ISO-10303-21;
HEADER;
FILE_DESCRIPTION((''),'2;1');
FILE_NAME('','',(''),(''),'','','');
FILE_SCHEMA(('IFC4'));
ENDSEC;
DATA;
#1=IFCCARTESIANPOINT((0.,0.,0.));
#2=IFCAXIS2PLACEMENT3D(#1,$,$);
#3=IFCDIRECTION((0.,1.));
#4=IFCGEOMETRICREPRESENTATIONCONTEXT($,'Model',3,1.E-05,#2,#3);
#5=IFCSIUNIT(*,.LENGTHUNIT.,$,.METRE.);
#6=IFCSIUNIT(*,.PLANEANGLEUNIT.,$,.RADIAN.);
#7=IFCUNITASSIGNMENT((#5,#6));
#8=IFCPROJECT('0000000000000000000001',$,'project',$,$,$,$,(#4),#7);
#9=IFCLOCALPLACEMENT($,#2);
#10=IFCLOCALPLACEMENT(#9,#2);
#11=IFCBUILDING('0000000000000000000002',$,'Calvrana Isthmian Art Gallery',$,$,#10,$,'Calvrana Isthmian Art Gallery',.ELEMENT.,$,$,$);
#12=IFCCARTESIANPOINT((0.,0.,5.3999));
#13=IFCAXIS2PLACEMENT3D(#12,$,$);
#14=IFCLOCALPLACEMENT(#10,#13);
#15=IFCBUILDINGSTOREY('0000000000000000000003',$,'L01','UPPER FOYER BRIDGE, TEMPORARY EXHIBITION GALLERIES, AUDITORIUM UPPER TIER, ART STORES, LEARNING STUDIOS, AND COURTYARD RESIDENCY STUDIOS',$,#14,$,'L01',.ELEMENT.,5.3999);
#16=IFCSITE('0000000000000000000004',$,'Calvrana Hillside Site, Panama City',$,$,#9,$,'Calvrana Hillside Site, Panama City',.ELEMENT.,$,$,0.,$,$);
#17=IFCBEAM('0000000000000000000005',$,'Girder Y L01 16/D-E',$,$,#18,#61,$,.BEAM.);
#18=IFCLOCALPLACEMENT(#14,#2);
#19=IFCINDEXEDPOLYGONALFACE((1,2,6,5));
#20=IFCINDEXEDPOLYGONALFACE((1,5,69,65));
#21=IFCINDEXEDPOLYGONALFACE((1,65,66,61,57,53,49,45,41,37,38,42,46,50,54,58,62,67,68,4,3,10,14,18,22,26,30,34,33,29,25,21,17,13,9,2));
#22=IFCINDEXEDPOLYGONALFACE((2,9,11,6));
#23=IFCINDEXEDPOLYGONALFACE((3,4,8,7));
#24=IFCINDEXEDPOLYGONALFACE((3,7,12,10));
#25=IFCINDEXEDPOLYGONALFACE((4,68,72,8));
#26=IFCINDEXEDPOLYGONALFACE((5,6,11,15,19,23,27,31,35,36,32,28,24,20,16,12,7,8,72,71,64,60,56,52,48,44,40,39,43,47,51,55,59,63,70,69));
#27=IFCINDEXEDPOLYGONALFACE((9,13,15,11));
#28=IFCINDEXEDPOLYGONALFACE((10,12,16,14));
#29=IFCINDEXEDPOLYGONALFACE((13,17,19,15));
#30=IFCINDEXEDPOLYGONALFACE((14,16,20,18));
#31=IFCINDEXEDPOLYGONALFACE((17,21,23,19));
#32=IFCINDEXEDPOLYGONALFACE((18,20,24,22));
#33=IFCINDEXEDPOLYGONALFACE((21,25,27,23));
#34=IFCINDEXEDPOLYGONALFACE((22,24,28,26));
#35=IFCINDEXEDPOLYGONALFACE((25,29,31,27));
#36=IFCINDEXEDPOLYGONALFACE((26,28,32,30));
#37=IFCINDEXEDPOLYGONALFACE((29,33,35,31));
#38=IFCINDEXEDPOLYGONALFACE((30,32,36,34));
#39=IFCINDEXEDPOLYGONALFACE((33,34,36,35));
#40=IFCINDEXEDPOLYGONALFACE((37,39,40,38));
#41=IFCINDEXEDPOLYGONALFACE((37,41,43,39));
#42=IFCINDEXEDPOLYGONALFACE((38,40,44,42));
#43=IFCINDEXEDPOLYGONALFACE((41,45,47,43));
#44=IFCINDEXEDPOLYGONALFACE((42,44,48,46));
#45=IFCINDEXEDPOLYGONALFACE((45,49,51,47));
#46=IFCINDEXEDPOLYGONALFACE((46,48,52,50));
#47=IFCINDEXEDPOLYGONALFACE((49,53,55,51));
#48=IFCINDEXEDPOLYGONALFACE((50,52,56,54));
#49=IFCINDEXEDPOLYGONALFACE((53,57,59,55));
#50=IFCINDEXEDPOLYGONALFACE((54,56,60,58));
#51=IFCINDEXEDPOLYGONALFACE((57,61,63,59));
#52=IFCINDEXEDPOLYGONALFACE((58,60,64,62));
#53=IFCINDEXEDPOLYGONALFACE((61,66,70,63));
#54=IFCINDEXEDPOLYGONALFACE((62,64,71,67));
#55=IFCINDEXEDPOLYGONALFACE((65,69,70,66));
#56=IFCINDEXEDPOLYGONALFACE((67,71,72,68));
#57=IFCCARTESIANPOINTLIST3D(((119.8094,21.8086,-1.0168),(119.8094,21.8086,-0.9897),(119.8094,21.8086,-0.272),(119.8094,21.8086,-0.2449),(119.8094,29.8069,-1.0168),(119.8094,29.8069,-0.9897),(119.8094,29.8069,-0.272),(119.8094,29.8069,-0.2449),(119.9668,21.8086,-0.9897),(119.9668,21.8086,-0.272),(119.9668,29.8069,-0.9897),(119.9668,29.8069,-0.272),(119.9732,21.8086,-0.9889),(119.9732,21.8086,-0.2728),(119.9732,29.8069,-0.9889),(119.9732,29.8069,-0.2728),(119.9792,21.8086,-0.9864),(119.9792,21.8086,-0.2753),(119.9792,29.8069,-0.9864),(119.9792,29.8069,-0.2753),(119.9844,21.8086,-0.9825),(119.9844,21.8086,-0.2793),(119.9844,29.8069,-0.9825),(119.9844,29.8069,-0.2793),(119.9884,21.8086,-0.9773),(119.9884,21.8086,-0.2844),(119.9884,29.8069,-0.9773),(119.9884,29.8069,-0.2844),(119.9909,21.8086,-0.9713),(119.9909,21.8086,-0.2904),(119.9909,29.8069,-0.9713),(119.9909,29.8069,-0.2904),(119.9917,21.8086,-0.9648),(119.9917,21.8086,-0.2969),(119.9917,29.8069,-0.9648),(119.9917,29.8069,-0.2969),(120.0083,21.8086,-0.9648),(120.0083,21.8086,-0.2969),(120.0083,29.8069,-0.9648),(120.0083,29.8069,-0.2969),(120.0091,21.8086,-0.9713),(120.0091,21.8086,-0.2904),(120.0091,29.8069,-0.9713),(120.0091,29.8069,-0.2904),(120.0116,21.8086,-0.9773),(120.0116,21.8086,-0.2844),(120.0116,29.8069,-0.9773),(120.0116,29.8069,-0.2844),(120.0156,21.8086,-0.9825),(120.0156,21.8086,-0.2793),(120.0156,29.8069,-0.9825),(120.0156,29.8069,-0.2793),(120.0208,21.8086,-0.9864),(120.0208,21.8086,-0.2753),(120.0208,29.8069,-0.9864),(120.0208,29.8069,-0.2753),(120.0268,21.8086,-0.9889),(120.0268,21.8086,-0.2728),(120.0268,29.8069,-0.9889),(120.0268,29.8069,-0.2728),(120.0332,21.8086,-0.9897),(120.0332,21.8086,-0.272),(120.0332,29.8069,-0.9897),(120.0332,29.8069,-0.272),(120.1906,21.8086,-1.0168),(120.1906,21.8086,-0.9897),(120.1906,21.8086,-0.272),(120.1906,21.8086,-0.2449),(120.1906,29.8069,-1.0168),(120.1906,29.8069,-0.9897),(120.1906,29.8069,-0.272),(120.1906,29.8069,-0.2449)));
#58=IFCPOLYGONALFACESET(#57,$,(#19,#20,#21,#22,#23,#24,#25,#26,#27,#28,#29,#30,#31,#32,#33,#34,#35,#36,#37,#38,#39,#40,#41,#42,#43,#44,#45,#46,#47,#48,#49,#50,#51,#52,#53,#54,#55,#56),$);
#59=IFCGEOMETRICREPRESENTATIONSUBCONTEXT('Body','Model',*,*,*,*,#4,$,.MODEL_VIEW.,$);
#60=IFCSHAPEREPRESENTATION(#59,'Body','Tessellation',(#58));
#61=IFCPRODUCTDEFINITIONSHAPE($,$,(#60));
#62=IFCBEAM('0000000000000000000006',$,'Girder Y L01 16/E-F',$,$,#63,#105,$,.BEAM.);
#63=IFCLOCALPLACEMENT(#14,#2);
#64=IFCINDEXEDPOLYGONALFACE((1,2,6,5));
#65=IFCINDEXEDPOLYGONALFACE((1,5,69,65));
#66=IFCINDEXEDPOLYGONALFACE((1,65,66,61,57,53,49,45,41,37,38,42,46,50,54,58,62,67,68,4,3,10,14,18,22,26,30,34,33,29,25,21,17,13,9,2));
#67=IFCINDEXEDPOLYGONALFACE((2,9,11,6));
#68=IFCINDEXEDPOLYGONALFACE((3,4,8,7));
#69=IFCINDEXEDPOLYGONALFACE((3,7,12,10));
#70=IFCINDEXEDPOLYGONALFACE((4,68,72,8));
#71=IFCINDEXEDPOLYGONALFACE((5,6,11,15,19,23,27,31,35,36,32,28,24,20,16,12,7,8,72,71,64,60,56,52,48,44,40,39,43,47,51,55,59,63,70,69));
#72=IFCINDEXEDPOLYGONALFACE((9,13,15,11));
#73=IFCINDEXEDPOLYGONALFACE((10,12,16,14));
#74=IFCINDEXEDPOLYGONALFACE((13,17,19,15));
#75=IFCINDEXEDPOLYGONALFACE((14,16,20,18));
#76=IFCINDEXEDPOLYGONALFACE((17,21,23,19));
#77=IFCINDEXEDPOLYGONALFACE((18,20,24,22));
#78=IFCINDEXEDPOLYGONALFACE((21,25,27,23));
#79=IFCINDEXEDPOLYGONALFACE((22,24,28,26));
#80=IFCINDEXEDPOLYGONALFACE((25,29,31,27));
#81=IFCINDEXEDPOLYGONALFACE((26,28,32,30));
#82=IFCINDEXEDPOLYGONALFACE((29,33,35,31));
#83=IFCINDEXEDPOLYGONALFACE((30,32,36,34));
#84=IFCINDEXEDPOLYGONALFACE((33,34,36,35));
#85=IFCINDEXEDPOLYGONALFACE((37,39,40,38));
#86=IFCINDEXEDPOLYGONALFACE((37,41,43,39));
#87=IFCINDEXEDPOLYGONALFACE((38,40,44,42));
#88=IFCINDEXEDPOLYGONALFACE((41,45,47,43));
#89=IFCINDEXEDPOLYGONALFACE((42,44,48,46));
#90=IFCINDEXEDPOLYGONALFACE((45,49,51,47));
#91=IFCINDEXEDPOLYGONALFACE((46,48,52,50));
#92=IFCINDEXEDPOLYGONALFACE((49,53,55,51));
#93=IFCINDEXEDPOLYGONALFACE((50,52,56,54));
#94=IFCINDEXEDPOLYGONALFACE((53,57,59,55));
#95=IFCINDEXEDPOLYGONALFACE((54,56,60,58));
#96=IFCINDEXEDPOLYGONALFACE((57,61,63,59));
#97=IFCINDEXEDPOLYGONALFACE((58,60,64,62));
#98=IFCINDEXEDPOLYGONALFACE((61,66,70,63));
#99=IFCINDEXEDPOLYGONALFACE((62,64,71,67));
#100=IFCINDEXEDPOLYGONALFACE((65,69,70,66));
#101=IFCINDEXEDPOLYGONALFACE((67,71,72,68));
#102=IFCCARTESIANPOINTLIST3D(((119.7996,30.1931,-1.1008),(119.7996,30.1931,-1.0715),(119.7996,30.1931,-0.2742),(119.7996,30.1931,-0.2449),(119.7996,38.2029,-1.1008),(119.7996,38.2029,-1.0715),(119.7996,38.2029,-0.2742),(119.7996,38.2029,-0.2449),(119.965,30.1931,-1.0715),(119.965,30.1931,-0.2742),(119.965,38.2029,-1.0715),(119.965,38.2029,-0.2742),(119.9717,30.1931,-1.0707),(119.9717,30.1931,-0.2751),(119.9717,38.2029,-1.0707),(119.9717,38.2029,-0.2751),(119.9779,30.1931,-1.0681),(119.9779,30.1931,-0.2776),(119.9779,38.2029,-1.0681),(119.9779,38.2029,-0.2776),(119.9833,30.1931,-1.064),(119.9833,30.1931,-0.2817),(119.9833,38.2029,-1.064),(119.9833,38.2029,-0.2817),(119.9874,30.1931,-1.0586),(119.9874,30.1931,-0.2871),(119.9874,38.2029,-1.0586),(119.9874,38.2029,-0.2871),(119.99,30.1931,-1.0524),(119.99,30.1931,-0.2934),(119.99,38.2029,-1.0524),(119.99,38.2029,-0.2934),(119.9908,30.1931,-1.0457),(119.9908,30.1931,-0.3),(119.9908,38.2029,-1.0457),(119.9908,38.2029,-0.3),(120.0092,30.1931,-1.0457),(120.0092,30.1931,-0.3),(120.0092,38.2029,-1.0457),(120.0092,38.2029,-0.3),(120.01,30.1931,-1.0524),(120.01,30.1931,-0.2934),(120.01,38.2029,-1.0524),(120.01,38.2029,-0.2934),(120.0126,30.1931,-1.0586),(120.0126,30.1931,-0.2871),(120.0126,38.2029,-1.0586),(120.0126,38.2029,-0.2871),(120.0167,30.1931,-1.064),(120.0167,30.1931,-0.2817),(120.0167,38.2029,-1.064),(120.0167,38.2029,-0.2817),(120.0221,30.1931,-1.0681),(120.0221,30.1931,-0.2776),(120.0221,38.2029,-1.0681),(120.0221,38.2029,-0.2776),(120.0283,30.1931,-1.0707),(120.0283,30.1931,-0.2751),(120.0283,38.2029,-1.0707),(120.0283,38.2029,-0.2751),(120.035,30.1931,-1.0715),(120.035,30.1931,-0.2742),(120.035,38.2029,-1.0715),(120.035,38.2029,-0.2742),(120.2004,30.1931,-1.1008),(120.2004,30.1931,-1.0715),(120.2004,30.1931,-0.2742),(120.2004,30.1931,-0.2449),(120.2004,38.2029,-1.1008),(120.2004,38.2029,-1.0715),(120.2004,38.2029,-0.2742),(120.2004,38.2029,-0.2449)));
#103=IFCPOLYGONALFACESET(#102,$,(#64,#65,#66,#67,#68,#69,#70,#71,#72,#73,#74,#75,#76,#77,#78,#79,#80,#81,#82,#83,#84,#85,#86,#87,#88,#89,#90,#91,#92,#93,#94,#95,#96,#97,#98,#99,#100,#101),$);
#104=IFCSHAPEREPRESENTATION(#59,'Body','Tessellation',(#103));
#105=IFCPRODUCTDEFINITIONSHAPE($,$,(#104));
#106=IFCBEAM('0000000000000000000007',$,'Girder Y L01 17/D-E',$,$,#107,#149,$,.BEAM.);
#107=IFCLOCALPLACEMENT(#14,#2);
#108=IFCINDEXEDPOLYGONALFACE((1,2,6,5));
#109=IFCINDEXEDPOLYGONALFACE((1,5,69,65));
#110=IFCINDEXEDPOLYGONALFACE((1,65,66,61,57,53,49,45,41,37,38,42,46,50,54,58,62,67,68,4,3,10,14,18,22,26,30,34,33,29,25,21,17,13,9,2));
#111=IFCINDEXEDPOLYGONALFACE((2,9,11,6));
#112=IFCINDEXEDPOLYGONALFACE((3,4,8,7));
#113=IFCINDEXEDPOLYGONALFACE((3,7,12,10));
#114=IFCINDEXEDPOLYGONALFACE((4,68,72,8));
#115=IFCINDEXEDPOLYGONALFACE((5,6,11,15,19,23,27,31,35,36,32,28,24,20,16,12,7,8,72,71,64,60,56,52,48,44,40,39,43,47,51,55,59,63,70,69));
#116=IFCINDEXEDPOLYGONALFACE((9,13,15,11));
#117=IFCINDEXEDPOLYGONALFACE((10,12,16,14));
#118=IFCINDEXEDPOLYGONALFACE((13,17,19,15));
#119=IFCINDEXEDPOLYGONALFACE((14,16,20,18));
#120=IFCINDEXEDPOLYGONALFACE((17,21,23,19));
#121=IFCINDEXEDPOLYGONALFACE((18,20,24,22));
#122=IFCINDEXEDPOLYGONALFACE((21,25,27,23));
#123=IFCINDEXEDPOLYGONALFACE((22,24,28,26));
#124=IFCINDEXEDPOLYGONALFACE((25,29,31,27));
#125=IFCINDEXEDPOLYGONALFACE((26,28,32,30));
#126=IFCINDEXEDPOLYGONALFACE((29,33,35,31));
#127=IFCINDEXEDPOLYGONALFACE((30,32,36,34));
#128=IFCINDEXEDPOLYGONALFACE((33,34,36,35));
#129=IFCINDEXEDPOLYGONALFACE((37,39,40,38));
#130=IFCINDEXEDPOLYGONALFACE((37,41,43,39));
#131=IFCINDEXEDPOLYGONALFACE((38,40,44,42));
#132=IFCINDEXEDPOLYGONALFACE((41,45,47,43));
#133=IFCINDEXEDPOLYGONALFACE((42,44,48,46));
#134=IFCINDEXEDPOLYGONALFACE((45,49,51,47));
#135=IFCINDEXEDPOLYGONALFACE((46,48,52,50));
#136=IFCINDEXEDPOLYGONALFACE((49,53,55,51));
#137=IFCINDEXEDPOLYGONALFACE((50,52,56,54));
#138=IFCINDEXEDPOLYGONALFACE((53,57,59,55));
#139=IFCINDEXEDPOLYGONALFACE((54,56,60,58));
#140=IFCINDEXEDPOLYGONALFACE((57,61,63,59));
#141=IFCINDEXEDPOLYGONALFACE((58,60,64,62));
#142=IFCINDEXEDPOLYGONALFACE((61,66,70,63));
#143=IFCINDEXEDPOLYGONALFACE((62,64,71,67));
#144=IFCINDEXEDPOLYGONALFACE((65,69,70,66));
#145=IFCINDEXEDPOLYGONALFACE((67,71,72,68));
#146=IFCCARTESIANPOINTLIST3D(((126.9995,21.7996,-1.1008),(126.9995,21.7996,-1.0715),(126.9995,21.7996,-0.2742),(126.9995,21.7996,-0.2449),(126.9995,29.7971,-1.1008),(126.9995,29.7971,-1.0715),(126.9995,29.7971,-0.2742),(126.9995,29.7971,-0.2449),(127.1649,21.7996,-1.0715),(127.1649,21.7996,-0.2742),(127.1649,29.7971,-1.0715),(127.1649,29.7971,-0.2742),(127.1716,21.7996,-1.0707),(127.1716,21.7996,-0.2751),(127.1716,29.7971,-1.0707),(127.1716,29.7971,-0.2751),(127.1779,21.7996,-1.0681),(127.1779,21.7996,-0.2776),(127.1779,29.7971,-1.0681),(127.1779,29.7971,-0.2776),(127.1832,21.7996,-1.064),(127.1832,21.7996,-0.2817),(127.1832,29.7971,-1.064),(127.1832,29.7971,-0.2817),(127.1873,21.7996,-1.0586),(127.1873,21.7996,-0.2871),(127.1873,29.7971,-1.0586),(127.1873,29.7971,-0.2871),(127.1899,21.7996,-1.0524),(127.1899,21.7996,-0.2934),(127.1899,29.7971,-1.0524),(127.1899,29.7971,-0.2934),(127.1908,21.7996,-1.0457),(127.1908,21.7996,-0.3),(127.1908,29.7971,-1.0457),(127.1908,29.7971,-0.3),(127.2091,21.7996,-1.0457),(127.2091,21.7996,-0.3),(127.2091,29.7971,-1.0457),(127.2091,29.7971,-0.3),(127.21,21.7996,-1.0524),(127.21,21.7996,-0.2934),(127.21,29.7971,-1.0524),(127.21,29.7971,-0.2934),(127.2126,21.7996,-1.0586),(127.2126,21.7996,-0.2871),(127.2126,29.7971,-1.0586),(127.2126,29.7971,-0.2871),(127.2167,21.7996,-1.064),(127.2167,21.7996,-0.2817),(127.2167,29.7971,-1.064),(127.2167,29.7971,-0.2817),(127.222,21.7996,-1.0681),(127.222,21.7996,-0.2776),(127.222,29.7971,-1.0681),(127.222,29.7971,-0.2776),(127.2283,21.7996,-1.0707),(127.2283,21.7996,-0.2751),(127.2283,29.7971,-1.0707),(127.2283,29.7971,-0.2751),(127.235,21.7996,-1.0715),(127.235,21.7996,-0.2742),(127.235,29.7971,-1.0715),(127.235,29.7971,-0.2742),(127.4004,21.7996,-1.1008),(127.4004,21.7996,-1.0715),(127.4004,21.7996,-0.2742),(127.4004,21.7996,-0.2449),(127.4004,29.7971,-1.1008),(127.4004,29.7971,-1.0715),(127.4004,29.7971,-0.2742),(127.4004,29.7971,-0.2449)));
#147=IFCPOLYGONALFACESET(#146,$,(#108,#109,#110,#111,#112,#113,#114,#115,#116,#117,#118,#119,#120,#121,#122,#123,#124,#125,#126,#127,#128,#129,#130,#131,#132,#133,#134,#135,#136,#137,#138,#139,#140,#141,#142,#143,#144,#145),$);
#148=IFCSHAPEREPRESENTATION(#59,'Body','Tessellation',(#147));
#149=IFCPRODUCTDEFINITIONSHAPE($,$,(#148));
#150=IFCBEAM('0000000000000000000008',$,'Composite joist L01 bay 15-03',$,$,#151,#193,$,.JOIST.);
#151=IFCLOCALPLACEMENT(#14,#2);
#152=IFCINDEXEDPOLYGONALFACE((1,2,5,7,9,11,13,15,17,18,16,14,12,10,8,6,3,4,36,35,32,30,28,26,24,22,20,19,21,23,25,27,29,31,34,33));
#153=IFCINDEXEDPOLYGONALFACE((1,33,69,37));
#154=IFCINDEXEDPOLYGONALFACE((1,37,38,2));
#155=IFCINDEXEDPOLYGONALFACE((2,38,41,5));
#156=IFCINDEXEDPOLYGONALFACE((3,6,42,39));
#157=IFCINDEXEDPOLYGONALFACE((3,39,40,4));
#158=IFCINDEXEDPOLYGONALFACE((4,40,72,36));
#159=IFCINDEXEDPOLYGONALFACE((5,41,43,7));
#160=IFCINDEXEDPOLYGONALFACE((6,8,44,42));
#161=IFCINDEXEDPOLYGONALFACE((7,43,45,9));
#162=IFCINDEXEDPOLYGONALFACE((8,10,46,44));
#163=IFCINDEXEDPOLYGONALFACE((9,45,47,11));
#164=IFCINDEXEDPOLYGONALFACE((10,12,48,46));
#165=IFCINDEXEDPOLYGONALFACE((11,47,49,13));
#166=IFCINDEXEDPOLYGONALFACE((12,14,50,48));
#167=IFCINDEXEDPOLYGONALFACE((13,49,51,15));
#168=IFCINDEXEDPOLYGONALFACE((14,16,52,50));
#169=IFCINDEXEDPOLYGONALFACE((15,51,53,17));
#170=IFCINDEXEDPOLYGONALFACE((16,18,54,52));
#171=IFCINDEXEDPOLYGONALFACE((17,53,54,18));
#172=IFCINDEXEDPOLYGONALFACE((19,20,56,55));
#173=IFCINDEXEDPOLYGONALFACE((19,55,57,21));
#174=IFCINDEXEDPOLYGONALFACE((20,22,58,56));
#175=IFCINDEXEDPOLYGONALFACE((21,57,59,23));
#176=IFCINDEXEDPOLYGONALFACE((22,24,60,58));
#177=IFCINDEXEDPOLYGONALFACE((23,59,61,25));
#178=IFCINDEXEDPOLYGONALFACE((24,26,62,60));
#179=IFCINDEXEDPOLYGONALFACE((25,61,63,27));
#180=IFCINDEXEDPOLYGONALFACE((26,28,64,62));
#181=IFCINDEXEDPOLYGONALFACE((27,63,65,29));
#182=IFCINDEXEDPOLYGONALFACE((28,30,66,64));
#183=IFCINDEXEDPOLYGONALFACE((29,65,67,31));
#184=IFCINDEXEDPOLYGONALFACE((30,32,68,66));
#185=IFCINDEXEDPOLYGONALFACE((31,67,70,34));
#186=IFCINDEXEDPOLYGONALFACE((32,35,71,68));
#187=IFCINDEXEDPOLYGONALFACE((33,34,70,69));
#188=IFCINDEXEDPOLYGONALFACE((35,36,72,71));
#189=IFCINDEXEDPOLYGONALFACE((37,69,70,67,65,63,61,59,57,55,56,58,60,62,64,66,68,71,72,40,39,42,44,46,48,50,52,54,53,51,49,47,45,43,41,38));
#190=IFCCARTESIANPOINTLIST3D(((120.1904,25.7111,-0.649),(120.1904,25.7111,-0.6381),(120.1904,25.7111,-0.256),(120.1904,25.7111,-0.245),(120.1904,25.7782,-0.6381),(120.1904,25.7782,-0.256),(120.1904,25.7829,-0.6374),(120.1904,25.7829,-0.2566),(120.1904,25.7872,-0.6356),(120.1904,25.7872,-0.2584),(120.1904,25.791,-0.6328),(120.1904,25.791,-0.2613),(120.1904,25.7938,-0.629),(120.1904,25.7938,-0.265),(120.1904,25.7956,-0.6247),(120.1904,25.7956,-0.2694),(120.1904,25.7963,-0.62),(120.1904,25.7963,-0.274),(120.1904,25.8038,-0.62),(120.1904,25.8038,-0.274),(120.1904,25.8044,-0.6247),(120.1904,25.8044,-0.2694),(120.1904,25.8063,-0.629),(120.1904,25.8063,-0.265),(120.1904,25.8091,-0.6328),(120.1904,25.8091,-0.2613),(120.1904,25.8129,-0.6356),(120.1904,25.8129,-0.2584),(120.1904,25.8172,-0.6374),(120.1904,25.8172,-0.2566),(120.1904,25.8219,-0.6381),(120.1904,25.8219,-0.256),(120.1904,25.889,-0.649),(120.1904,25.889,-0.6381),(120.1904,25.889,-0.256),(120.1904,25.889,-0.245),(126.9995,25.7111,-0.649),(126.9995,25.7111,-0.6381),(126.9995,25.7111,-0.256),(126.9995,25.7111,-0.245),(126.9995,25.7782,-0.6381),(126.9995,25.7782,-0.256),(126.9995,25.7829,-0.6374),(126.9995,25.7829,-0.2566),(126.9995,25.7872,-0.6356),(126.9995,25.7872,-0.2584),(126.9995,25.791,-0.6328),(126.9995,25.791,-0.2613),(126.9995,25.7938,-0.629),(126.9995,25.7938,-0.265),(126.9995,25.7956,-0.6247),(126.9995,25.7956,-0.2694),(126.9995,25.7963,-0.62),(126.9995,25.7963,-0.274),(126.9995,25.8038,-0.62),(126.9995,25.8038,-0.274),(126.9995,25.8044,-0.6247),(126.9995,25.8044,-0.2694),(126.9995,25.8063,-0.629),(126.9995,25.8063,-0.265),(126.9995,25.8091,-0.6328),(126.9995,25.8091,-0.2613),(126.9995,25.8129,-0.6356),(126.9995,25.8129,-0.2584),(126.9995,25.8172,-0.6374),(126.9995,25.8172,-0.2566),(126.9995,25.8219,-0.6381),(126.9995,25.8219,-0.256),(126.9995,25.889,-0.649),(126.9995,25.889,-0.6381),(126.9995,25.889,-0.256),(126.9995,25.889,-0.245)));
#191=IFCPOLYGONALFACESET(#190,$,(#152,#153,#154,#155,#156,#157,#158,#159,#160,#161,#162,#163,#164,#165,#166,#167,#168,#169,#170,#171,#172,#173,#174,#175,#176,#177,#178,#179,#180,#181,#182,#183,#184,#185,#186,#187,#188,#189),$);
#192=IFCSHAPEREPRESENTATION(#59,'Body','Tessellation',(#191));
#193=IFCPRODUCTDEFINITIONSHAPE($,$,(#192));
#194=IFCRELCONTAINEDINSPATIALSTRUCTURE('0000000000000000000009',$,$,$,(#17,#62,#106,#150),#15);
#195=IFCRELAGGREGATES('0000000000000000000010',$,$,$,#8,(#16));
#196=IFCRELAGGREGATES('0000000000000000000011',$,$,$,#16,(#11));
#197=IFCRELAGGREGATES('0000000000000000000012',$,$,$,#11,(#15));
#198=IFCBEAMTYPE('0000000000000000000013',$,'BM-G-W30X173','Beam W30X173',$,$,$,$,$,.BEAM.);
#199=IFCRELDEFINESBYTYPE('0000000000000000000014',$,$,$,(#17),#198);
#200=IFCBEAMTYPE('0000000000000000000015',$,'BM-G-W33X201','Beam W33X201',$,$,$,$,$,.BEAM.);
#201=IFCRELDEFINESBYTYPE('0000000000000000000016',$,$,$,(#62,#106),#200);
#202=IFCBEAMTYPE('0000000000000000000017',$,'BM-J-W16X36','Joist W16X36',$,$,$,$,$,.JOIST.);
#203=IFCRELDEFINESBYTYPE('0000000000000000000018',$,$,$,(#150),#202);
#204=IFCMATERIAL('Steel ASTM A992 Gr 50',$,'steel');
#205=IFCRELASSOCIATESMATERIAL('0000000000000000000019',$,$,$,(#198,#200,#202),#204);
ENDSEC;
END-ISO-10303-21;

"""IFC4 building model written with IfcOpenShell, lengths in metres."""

from ifc_helpers import new_model, si_unit, direction, frame, origin, origin_2d, place, context, subcontext, project, spatial, i_section, extrude, material, material_profile, profile_set, type_object, element, save


model = new_model("IFC4")

# Units and contexts
model_context = context("Model", 3, precision=1e-05, world=origin(), true_north=direction((0.0, 1.0)))
body_context = subcontext(model_context, "Body", "Model", "MODEL_VIEW")
ifc_project = project(units=[si_unit("LENGTHUNIT", "METRE"), si_unit("PLANEANGLEUNIT", "RADIAN")], contexts=[model_context])

# Site, building, storey
site_placement = place(None, origin())
site = spatial("IfcSite", under=ifc_project, at=site_placement, Name="Calvrana Hillside Site, Panama City", LongName="Calvrana Hillside Site, Panama City", CompositionType="ELEMENT", RefElevation=0.0)
building_placement = place(site_placement, origin())
building = spatial("IfcBuilding", under=site, at=building_placement, Name="Calvrana Isthmian Art Gallery", LongName="Calvrana Isthmian Art Gallery", CompositionType="ELEMENT")
storey_placement = place(building_placement, frame((0.0, 0.0, 5.3999)))
storey = spatial("IfcBuildingStorey", under=building, at=storey_placement, Name="L01", Description="UPPER FOYER BRIDGE, TEMPORARY EXHIBITION GALLERIES, AUDITORIUM UPPER TIER, ART STORES, LEARNING STUDIOS, AND COURTYARD RESIDENCY STUDIOS", LongName="L01", CompositionType="ELEMENT", Elevation=5.3999)

# Shared definitions
ifc_material_1 = material(Name="Steel ASTM A992 Gr 50", Category="steel")

# Beams
ifc_material_profile_1 = material_profile(ifc_material_1, i_section(OverallWidth=0.3811, OverallDepth=0.772, WebThickness=0.0166, FlangeThickness=0.0271, FilletRadius=0.0249, at=origin_2d()), Name="W30X173")
ifc_profile_set_1 = profile_set([ifc_material_profile_1], Name="Steel ASTM A992 Gr 50")
beam_type_1 = type_object("IfcBeamType", Name="BM-G-W30X173", Description="Beam W30X173", PredefinedType="BEAM", material=ifc_profile_set_1)
beam_1_placement = place(storey_placement, frame((120.0, 21.8086, -0.6309), z_axis=(0.0, 1.0, 0.0), x_axis=(-1.0, 0.0, 0.0)))
element("IfcBeam", 1, at=beam_1_placement, inside=storey, type_object=beam_type_1, Name="Girder Y L01 16/D-E", PredefinedType="BEAM", context=body_context, shape_type="SweptSolid", body=[
    extrude(i_section(OverallWidth=0.3811, OverallDepth=0.772, WebThickness=0.0166, FlangeThickness=0.0271, FilletRadius=0.0249, at=origin_2d()), origin(), (0.0, 0.0, 1.0), 7.9983),
])
ifc_material_profile_2 = material_profile(ifc_material_1, i_section(OverallWidth=0.4009, OverallDepth=0.856, WebThickness=0.0183, FlangeThickness=0.0293, FilletRadius=0.0259, at=origin_2d()), Name="W33X201")
ifc_profile_set_2 = profile_set([ifc_material_profile_2], Name="Steel ASTM A992 Gr 50")
beam_type_2 = type_object("IfcBeamType", Name="BM-G-W33X201", Description="Beam W33X201", PredefinedType="BEAM", material=ifc_profile_set_2)
beam_2_placement = place(storey_placement, frame((120.0, 30.1931, -0.6729), z_axis=(0.0, 1.0, 0.0), x_axis=(-1.0, 0.0, 0.0)))
element("IfcBeam", 2, at=beam_2_placement, inside=storey, type_object=beam_type_2, Name="Girder Y L01 16/E-F", PredefinedType="BEAM", context=body_context, shape_type="SweptSolid", body=[
    extrude(i_section(OverallWidth=0.4009, OverallDepth=0.856, WebThickness=0.0183, FlangeThickness=0.0293, FilletRadius=0.0259, at=origin_2d()), origin(), (0.0, 0.0, 1.0), 8.0098),
])
beam_3_placement = place(storey_placement, frame((127.2, 21.7996, -0.6729), z_axis=(0.0, 1.0, 0.0), x_axis=(-1.0, 0.0, 0.0)))
element("IfcBeam", 3, at=beam_3_placement, inside=storey, type_object=beam_type_2, Name="Girder Y L01 17/D-E", PredefinedType="BEAM", context=body_context, shape_type="SweptSolid", body=[
    extrude(i_section(OverallWidth=0.4009, OverallDepth=0.856, WebThickness=0.0183, FlangeThickness=0.0293, FilletRadius=0.0259, at=origin_2d()), origin(), (0.0, 0.0, 1.0), 7.9976),
])
ifc_material_profile_3 = material_profile(ifc_material_1, i_section(OverallWidth=0.178, OverallDepth=0.4041, WebThickness=0.0076, FlangeThickness=0.011, FilletRadius=0.0181, at=origin_2d()), Name="W16X36")
ifc_profile_set_3 = profile_set([ifc_material_profile_3], Name="Steel ASTM A992 Gr 50")
beam_type_3 = type_object("IfcBeamType", Name="BM-J-W16X36", Description="Joist W16X36", PredefinedType="JOIST", material=ifc_profile_set_3)
beam_4_placement = place(storey_placement, frame((120.1904, 25.8, -0.447), z_axis=(1.0, 0.0, 0.0), x_axis=(0.0, 1.0, 0.0)))
element("IfcBeam", 4, at=beam_4_placement, inside=storey, type_object=beam_type_3, Name="Composite joist L01 bay 15-03", PredefinedType="JOIST", context=body_context, shape_type="SweptSolid", body=[
    extrude(i_section(OverallWidth=0.178, OverallDepth=0.4041, WebThickness=0.0076, FlangeThickness=0.011, FilletRadius=0.0181, at=origin_2d()), origin(), (0.0, 0.0, 1.0), 6.8091),
])

save(model, "model.ifc")
